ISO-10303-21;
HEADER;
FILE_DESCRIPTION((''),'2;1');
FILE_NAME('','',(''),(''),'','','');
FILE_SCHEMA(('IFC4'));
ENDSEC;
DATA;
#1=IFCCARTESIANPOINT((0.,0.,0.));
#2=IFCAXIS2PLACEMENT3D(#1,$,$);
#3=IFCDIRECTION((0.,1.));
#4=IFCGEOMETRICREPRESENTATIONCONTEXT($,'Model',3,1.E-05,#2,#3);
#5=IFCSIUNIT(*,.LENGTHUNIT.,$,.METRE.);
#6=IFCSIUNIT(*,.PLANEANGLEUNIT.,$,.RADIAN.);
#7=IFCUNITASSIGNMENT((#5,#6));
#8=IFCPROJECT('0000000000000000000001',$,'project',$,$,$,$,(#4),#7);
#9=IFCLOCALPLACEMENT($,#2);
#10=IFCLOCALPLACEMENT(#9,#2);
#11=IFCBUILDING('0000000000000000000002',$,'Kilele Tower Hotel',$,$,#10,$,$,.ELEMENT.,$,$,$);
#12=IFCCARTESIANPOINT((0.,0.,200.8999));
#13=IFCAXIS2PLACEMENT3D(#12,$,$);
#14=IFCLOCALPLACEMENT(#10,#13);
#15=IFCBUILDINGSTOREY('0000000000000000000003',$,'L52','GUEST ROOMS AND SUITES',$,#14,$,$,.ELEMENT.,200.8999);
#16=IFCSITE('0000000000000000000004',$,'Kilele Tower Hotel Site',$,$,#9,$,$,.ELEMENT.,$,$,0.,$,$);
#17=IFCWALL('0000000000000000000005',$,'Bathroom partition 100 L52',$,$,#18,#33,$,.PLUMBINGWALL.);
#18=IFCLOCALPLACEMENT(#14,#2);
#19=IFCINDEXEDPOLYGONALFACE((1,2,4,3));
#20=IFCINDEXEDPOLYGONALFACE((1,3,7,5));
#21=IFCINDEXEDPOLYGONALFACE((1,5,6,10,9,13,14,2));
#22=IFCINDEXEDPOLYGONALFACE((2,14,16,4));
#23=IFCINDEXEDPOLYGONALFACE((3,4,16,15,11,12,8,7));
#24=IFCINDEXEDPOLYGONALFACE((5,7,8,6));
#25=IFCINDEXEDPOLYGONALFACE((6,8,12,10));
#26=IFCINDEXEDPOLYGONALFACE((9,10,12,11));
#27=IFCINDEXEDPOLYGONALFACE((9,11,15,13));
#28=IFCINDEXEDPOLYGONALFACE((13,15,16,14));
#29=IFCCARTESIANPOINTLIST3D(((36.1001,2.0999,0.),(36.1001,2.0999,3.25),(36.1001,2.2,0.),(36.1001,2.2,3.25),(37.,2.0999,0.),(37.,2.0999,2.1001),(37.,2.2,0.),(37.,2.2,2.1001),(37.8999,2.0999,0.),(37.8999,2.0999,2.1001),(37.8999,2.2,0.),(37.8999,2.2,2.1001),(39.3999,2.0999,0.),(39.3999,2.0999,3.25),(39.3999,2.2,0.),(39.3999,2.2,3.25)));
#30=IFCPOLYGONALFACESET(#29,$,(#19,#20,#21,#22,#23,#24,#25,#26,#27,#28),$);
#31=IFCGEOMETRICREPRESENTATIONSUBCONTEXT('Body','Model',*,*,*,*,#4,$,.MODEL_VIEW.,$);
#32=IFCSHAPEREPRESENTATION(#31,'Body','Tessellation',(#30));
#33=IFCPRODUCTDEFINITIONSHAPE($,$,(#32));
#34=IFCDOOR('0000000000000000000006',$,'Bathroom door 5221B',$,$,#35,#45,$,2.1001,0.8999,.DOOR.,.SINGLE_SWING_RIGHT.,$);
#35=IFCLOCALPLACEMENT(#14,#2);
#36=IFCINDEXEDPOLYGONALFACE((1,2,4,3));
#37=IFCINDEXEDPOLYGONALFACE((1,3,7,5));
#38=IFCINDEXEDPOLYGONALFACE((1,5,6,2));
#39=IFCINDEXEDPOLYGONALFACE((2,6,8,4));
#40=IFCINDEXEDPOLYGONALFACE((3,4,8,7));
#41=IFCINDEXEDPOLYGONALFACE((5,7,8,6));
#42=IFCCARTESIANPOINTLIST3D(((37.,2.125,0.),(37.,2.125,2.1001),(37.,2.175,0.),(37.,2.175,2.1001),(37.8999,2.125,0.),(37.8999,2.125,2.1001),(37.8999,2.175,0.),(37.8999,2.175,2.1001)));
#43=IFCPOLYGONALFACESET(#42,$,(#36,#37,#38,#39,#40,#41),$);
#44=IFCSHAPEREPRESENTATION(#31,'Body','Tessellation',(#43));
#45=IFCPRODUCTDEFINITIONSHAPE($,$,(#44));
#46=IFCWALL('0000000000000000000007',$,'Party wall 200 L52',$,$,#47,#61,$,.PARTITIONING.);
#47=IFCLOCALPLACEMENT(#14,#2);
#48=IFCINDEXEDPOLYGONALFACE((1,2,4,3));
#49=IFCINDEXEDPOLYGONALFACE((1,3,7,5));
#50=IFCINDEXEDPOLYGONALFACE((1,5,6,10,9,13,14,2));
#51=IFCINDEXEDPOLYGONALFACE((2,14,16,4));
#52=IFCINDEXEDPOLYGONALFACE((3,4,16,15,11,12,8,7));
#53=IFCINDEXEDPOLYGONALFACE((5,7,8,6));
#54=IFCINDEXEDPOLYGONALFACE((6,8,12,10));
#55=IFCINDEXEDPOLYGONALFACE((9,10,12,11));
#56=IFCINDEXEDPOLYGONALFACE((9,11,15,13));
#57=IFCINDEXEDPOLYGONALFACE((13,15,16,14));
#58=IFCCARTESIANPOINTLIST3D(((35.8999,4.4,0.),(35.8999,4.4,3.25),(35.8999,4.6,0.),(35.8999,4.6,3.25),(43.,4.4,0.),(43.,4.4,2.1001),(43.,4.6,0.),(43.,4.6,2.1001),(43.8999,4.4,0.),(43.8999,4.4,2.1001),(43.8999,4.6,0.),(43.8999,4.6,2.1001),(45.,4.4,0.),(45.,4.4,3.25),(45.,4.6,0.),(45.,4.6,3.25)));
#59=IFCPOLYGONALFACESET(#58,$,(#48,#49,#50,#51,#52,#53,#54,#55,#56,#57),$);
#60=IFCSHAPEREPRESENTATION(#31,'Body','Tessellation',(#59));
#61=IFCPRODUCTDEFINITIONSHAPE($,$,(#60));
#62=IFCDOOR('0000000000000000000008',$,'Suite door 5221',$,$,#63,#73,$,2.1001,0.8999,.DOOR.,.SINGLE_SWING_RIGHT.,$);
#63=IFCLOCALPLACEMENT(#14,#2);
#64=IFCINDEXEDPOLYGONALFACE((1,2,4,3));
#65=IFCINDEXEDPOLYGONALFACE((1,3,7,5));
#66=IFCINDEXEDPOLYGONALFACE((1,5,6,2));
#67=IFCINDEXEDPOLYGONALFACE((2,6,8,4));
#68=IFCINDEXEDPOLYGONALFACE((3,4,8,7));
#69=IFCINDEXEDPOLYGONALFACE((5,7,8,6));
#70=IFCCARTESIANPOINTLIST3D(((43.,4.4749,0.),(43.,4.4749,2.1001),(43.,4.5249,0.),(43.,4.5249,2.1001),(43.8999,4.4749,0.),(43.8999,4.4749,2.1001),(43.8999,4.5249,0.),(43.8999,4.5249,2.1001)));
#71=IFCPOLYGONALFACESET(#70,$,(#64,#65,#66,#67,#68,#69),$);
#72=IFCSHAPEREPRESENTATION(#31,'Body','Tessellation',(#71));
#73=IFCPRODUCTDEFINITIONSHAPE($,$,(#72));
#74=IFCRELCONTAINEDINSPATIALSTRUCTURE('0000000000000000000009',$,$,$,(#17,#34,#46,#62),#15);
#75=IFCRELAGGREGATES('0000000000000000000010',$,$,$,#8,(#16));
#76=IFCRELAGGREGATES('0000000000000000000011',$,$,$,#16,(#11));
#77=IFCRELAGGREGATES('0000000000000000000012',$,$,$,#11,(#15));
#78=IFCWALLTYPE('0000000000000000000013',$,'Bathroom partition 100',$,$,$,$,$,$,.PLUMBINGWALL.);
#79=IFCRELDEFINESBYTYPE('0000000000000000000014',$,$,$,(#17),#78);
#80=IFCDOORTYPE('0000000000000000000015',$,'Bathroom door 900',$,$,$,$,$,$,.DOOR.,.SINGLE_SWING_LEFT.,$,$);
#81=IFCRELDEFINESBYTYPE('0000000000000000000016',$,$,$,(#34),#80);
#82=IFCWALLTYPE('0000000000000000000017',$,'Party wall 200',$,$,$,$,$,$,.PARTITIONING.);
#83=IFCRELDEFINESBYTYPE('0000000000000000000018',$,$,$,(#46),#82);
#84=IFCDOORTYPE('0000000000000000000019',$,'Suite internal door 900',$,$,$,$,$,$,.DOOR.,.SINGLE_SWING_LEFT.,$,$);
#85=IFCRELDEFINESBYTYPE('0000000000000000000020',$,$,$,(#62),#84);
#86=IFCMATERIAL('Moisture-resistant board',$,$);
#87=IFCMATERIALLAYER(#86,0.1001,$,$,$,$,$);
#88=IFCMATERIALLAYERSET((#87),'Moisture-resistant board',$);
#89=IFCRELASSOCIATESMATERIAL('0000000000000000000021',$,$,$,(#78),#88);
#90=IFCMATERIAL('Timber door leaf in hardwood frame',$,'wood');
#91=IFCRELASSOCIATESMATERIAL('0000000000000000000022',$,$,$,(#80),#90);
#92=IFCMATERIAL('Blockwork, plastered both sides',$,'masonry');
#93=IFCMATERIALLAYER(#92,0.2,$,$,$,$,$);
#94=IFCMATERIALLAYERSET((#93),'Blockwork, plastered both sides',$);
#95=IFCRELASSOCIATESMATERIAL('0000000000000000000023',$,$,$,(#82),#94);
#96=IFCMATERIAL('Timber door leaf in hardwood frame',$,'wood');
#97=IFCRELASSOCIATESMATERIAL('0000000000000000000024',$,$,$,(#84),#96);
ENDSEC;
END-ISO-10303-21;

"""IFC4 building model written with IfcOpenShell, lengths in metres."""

from ifc_helpers import new_model, si_unit, direction, frame, frame_2d, origin, place, context, subcontext, project, spatial, rectangle, extrude, material, layer, layer_set, type_object, element, fill, save


model = new_model("IFC4")

# Units and contexts
model_context = context("Model", 3, precision=1e-05, world=origin(), true_north=direction((0.0, 1.0)))
body_context = subcontext(model_context, "Body", "Model", "MODEL_VIEW")
ifc_project = project(units=[si_unit("LENGTHUNIT", "METRE"), si_unit("PLANEANGLEUNIT", "RADIAN")], contexts=[model_context])

# Site, building, storey
site_placement = place(None, origin())
site = spatial("IfcSite", under=ifc_project, at=site_placement, Name="Kilele Tower Hotel Site", CompositionType="ELEMENT", RefElevation=0.0)
building_placement = place(site_placement, origin())
building = spatial("IfcBuilding", under=site, at=building_placement, Name="Kilele Tower Hotel", CompositionType="ELEMENT")
storey_placement = place(building_placement, frame((0.0, 0.0, 200.8999)))
storey = spatial("IfcBuildingStorey", under=building, at=storey_placement, Name="L52", Description="GUEST ROOMS AND SUITES", CompositionType="ELEMENT", Elevation=200.8999)

# Shared definitions
ifc_material_1 = material(Name="Moisture-resistant board")
ifc_layer_1 = layer(ifc_material_1, 0.1001)
ifc_layer_set_1 = layer_set([ifc_layer_1], Name="Moisture-resistant board")
wall_type_1 = type_object("IfcWallType", Name="Bathroom partition 100", PredefinedType="PLUMBINGWALL", material=ifc_layer_set_1)

# Walls, openings, doors
ifc_material_2 = material(Name="Timber door leaf in hardwood frame", Category="wood")
door_type_1 = type_object("IfcDoorType", Name="Bathroom door 900", OperationType="SINGLE_SWING_LEFT", PredefinedType="DOOR", material=ifc_material_2)
wall_1_placement = place(storey_placement, frame((36.1001, 2.1499, 0.0), z_axis=(0.0, 0.0, 1.0), x_axis=(1.0, 0.0, 0.0)))
wall_1 = element("IfcWall", 1, at=wall_1_placement, inside=storey, type_object=wall_type_1, Name="Bathroom partition 100 L52", PredefinedType="PLUMBINGWALL", context=body_context, shape_type="SweptSolid", body=[
    extrude(rectangle(XDim=3.2998, YDim=0.1001, at=frame_2d((1.6499, 0.0))), origin(), (0.0, 0.0, 1.0), 3.25),
])
opening_1_placement = place(wall_1_placement, frame((1.7998, 0.0, 0.0), z_axis=(0.0, 0.0, 1.0), x_axis=(-1.0, 0.0, 0.0)))
opening_1 = element("IfcOpeningElement", 2, at=opening_1_placement, cuts=wall_1, PredefinedType="OPENING", context=body_context, shape_type="SweptSolid", body=[
    extrude(rectangle(XDim=0.8999, YDim=2.1001, at=frame_2d((0.45, 1.05))), frame((0.0, 0.0601, 0.0), z_axis=(0.0, -1.0, 0.0), x_axis=(1.0, 0.0, 0.0)), (0.0, 0.0, 1.0), 0.1201),
])
door_1_placement = place(opening_1_placement, origin())
door_1 = element("IfcDoor", 3, at=door_1_placement, inside=storey, type_object=door_type_1, Name="Bathroom door 5221B", OperationType="SINGLE_SWING_RIGHT", OverallHeight=2.1001, OverallWidth=0.8999, PredefinedType="DOOR", context=body_context, shape_type="SweptSolid", body=[
    extrude(rectangle(XDim=0.8999, YDim=2.1001, at=frame_2d((0.45, 1.05))), frame((0.0, 0.0249, 0.0), z_axis=(0.0, -1.0, 0.0), x_axis=(1.0, 0.0, 0.0)), (0.0, 0.0, 1.0), 0.05),
])
fill(opening_1, door_1)
ifc_material_3 = material(Name="Blockwork, plastered both sides", Category="masonry")
ifc_layer_2 = layer(ifc_material_3, 0.2)
ifc_layer_set_2 = layer_set([ifc_layer_2], Name="Blockwork, plastered both sides")
wall_type_2 = type_object("IfcWallType", Name="Party wall 200", PredefinedType="PARTITIONING", material=ifc_layer_set_2)
wall_2_placement = place(storey_placement, frame((35.8999, 4.5, 0.0), z_axis=(0.0, 0.0, 1.0), x_axis=(1.0, 0.0, 0.0)))
wall_2 = element("IfcWall", 4, at=wall_2_placement, inside=storey, type_object=wall_type_2, Name="Party wall 200 L52", PredefinedType="PARTITIONING", context=body_context, shape_type="SweptSolid", body=[
    extrude(rectangle(XDim=9.1001, YDim=0.2, at=frame_2d((4.55, 0.0))), origin(), (0.0, 0.0, 1.0), 3.25),
])
opening_2_placement = place(wall_2_placement, frame((7.1001, 0.0, 0.0)))
opening_2 = element("IfcOpeningElement", 5, at=opening_2_placement, cuts=wall_2, PredefinedType="OPENING", context=body_context, shape_type="SweptSolid", body=[
    extrude(rectangle(XDim=0.8999, YDim=2.1001, at=frame_2d((0.45, 1.05))), frame((0.0, 0.1099, 0.0), z_axis=(0.0, -1.0, 0.0), x_axis=(1.0, 0.0, 0.0)), (0.0, 0.0, 1.0), 0.22),
])
ifc_material_4 = material(Name="Timber door leaf in hardwood frame", Category="wood")
door_type_2 = type_object("IfcDoorType", Name="Suite internal door 900", OperationType="SINGLE_SWING_LEFT", PredefinedType="DOOR", material=ifc_material_4)
door_2_placement = place(opening_2_placement, origin())
door_2 = element("IfcDoor", 6, at=door_2_placement, inside=storey, type_object=door_type_2, Name="Suite door 5221", OperationType="SINGLE_SWING_RIGHT", OverallHeight=2.1001, OverallWidth=0.8999, PredefinedType="DOOR", context=body_context, shape_type="SweptSolid", body=[
    extrude(rectangle(XDim=0.8999, YDim=2.1001, at=frame_2d((0.45, 1.05))), frame((0.0, 0.0249, 0.0), z_axis=(0.0, -1.0, 0.0), x_axis=(1.0, 0.0, 0.0)), (0.0, 0.0, 1.0), 0.05),
])
fill(opening_2, door_2)

save(model, "model.ifc")
